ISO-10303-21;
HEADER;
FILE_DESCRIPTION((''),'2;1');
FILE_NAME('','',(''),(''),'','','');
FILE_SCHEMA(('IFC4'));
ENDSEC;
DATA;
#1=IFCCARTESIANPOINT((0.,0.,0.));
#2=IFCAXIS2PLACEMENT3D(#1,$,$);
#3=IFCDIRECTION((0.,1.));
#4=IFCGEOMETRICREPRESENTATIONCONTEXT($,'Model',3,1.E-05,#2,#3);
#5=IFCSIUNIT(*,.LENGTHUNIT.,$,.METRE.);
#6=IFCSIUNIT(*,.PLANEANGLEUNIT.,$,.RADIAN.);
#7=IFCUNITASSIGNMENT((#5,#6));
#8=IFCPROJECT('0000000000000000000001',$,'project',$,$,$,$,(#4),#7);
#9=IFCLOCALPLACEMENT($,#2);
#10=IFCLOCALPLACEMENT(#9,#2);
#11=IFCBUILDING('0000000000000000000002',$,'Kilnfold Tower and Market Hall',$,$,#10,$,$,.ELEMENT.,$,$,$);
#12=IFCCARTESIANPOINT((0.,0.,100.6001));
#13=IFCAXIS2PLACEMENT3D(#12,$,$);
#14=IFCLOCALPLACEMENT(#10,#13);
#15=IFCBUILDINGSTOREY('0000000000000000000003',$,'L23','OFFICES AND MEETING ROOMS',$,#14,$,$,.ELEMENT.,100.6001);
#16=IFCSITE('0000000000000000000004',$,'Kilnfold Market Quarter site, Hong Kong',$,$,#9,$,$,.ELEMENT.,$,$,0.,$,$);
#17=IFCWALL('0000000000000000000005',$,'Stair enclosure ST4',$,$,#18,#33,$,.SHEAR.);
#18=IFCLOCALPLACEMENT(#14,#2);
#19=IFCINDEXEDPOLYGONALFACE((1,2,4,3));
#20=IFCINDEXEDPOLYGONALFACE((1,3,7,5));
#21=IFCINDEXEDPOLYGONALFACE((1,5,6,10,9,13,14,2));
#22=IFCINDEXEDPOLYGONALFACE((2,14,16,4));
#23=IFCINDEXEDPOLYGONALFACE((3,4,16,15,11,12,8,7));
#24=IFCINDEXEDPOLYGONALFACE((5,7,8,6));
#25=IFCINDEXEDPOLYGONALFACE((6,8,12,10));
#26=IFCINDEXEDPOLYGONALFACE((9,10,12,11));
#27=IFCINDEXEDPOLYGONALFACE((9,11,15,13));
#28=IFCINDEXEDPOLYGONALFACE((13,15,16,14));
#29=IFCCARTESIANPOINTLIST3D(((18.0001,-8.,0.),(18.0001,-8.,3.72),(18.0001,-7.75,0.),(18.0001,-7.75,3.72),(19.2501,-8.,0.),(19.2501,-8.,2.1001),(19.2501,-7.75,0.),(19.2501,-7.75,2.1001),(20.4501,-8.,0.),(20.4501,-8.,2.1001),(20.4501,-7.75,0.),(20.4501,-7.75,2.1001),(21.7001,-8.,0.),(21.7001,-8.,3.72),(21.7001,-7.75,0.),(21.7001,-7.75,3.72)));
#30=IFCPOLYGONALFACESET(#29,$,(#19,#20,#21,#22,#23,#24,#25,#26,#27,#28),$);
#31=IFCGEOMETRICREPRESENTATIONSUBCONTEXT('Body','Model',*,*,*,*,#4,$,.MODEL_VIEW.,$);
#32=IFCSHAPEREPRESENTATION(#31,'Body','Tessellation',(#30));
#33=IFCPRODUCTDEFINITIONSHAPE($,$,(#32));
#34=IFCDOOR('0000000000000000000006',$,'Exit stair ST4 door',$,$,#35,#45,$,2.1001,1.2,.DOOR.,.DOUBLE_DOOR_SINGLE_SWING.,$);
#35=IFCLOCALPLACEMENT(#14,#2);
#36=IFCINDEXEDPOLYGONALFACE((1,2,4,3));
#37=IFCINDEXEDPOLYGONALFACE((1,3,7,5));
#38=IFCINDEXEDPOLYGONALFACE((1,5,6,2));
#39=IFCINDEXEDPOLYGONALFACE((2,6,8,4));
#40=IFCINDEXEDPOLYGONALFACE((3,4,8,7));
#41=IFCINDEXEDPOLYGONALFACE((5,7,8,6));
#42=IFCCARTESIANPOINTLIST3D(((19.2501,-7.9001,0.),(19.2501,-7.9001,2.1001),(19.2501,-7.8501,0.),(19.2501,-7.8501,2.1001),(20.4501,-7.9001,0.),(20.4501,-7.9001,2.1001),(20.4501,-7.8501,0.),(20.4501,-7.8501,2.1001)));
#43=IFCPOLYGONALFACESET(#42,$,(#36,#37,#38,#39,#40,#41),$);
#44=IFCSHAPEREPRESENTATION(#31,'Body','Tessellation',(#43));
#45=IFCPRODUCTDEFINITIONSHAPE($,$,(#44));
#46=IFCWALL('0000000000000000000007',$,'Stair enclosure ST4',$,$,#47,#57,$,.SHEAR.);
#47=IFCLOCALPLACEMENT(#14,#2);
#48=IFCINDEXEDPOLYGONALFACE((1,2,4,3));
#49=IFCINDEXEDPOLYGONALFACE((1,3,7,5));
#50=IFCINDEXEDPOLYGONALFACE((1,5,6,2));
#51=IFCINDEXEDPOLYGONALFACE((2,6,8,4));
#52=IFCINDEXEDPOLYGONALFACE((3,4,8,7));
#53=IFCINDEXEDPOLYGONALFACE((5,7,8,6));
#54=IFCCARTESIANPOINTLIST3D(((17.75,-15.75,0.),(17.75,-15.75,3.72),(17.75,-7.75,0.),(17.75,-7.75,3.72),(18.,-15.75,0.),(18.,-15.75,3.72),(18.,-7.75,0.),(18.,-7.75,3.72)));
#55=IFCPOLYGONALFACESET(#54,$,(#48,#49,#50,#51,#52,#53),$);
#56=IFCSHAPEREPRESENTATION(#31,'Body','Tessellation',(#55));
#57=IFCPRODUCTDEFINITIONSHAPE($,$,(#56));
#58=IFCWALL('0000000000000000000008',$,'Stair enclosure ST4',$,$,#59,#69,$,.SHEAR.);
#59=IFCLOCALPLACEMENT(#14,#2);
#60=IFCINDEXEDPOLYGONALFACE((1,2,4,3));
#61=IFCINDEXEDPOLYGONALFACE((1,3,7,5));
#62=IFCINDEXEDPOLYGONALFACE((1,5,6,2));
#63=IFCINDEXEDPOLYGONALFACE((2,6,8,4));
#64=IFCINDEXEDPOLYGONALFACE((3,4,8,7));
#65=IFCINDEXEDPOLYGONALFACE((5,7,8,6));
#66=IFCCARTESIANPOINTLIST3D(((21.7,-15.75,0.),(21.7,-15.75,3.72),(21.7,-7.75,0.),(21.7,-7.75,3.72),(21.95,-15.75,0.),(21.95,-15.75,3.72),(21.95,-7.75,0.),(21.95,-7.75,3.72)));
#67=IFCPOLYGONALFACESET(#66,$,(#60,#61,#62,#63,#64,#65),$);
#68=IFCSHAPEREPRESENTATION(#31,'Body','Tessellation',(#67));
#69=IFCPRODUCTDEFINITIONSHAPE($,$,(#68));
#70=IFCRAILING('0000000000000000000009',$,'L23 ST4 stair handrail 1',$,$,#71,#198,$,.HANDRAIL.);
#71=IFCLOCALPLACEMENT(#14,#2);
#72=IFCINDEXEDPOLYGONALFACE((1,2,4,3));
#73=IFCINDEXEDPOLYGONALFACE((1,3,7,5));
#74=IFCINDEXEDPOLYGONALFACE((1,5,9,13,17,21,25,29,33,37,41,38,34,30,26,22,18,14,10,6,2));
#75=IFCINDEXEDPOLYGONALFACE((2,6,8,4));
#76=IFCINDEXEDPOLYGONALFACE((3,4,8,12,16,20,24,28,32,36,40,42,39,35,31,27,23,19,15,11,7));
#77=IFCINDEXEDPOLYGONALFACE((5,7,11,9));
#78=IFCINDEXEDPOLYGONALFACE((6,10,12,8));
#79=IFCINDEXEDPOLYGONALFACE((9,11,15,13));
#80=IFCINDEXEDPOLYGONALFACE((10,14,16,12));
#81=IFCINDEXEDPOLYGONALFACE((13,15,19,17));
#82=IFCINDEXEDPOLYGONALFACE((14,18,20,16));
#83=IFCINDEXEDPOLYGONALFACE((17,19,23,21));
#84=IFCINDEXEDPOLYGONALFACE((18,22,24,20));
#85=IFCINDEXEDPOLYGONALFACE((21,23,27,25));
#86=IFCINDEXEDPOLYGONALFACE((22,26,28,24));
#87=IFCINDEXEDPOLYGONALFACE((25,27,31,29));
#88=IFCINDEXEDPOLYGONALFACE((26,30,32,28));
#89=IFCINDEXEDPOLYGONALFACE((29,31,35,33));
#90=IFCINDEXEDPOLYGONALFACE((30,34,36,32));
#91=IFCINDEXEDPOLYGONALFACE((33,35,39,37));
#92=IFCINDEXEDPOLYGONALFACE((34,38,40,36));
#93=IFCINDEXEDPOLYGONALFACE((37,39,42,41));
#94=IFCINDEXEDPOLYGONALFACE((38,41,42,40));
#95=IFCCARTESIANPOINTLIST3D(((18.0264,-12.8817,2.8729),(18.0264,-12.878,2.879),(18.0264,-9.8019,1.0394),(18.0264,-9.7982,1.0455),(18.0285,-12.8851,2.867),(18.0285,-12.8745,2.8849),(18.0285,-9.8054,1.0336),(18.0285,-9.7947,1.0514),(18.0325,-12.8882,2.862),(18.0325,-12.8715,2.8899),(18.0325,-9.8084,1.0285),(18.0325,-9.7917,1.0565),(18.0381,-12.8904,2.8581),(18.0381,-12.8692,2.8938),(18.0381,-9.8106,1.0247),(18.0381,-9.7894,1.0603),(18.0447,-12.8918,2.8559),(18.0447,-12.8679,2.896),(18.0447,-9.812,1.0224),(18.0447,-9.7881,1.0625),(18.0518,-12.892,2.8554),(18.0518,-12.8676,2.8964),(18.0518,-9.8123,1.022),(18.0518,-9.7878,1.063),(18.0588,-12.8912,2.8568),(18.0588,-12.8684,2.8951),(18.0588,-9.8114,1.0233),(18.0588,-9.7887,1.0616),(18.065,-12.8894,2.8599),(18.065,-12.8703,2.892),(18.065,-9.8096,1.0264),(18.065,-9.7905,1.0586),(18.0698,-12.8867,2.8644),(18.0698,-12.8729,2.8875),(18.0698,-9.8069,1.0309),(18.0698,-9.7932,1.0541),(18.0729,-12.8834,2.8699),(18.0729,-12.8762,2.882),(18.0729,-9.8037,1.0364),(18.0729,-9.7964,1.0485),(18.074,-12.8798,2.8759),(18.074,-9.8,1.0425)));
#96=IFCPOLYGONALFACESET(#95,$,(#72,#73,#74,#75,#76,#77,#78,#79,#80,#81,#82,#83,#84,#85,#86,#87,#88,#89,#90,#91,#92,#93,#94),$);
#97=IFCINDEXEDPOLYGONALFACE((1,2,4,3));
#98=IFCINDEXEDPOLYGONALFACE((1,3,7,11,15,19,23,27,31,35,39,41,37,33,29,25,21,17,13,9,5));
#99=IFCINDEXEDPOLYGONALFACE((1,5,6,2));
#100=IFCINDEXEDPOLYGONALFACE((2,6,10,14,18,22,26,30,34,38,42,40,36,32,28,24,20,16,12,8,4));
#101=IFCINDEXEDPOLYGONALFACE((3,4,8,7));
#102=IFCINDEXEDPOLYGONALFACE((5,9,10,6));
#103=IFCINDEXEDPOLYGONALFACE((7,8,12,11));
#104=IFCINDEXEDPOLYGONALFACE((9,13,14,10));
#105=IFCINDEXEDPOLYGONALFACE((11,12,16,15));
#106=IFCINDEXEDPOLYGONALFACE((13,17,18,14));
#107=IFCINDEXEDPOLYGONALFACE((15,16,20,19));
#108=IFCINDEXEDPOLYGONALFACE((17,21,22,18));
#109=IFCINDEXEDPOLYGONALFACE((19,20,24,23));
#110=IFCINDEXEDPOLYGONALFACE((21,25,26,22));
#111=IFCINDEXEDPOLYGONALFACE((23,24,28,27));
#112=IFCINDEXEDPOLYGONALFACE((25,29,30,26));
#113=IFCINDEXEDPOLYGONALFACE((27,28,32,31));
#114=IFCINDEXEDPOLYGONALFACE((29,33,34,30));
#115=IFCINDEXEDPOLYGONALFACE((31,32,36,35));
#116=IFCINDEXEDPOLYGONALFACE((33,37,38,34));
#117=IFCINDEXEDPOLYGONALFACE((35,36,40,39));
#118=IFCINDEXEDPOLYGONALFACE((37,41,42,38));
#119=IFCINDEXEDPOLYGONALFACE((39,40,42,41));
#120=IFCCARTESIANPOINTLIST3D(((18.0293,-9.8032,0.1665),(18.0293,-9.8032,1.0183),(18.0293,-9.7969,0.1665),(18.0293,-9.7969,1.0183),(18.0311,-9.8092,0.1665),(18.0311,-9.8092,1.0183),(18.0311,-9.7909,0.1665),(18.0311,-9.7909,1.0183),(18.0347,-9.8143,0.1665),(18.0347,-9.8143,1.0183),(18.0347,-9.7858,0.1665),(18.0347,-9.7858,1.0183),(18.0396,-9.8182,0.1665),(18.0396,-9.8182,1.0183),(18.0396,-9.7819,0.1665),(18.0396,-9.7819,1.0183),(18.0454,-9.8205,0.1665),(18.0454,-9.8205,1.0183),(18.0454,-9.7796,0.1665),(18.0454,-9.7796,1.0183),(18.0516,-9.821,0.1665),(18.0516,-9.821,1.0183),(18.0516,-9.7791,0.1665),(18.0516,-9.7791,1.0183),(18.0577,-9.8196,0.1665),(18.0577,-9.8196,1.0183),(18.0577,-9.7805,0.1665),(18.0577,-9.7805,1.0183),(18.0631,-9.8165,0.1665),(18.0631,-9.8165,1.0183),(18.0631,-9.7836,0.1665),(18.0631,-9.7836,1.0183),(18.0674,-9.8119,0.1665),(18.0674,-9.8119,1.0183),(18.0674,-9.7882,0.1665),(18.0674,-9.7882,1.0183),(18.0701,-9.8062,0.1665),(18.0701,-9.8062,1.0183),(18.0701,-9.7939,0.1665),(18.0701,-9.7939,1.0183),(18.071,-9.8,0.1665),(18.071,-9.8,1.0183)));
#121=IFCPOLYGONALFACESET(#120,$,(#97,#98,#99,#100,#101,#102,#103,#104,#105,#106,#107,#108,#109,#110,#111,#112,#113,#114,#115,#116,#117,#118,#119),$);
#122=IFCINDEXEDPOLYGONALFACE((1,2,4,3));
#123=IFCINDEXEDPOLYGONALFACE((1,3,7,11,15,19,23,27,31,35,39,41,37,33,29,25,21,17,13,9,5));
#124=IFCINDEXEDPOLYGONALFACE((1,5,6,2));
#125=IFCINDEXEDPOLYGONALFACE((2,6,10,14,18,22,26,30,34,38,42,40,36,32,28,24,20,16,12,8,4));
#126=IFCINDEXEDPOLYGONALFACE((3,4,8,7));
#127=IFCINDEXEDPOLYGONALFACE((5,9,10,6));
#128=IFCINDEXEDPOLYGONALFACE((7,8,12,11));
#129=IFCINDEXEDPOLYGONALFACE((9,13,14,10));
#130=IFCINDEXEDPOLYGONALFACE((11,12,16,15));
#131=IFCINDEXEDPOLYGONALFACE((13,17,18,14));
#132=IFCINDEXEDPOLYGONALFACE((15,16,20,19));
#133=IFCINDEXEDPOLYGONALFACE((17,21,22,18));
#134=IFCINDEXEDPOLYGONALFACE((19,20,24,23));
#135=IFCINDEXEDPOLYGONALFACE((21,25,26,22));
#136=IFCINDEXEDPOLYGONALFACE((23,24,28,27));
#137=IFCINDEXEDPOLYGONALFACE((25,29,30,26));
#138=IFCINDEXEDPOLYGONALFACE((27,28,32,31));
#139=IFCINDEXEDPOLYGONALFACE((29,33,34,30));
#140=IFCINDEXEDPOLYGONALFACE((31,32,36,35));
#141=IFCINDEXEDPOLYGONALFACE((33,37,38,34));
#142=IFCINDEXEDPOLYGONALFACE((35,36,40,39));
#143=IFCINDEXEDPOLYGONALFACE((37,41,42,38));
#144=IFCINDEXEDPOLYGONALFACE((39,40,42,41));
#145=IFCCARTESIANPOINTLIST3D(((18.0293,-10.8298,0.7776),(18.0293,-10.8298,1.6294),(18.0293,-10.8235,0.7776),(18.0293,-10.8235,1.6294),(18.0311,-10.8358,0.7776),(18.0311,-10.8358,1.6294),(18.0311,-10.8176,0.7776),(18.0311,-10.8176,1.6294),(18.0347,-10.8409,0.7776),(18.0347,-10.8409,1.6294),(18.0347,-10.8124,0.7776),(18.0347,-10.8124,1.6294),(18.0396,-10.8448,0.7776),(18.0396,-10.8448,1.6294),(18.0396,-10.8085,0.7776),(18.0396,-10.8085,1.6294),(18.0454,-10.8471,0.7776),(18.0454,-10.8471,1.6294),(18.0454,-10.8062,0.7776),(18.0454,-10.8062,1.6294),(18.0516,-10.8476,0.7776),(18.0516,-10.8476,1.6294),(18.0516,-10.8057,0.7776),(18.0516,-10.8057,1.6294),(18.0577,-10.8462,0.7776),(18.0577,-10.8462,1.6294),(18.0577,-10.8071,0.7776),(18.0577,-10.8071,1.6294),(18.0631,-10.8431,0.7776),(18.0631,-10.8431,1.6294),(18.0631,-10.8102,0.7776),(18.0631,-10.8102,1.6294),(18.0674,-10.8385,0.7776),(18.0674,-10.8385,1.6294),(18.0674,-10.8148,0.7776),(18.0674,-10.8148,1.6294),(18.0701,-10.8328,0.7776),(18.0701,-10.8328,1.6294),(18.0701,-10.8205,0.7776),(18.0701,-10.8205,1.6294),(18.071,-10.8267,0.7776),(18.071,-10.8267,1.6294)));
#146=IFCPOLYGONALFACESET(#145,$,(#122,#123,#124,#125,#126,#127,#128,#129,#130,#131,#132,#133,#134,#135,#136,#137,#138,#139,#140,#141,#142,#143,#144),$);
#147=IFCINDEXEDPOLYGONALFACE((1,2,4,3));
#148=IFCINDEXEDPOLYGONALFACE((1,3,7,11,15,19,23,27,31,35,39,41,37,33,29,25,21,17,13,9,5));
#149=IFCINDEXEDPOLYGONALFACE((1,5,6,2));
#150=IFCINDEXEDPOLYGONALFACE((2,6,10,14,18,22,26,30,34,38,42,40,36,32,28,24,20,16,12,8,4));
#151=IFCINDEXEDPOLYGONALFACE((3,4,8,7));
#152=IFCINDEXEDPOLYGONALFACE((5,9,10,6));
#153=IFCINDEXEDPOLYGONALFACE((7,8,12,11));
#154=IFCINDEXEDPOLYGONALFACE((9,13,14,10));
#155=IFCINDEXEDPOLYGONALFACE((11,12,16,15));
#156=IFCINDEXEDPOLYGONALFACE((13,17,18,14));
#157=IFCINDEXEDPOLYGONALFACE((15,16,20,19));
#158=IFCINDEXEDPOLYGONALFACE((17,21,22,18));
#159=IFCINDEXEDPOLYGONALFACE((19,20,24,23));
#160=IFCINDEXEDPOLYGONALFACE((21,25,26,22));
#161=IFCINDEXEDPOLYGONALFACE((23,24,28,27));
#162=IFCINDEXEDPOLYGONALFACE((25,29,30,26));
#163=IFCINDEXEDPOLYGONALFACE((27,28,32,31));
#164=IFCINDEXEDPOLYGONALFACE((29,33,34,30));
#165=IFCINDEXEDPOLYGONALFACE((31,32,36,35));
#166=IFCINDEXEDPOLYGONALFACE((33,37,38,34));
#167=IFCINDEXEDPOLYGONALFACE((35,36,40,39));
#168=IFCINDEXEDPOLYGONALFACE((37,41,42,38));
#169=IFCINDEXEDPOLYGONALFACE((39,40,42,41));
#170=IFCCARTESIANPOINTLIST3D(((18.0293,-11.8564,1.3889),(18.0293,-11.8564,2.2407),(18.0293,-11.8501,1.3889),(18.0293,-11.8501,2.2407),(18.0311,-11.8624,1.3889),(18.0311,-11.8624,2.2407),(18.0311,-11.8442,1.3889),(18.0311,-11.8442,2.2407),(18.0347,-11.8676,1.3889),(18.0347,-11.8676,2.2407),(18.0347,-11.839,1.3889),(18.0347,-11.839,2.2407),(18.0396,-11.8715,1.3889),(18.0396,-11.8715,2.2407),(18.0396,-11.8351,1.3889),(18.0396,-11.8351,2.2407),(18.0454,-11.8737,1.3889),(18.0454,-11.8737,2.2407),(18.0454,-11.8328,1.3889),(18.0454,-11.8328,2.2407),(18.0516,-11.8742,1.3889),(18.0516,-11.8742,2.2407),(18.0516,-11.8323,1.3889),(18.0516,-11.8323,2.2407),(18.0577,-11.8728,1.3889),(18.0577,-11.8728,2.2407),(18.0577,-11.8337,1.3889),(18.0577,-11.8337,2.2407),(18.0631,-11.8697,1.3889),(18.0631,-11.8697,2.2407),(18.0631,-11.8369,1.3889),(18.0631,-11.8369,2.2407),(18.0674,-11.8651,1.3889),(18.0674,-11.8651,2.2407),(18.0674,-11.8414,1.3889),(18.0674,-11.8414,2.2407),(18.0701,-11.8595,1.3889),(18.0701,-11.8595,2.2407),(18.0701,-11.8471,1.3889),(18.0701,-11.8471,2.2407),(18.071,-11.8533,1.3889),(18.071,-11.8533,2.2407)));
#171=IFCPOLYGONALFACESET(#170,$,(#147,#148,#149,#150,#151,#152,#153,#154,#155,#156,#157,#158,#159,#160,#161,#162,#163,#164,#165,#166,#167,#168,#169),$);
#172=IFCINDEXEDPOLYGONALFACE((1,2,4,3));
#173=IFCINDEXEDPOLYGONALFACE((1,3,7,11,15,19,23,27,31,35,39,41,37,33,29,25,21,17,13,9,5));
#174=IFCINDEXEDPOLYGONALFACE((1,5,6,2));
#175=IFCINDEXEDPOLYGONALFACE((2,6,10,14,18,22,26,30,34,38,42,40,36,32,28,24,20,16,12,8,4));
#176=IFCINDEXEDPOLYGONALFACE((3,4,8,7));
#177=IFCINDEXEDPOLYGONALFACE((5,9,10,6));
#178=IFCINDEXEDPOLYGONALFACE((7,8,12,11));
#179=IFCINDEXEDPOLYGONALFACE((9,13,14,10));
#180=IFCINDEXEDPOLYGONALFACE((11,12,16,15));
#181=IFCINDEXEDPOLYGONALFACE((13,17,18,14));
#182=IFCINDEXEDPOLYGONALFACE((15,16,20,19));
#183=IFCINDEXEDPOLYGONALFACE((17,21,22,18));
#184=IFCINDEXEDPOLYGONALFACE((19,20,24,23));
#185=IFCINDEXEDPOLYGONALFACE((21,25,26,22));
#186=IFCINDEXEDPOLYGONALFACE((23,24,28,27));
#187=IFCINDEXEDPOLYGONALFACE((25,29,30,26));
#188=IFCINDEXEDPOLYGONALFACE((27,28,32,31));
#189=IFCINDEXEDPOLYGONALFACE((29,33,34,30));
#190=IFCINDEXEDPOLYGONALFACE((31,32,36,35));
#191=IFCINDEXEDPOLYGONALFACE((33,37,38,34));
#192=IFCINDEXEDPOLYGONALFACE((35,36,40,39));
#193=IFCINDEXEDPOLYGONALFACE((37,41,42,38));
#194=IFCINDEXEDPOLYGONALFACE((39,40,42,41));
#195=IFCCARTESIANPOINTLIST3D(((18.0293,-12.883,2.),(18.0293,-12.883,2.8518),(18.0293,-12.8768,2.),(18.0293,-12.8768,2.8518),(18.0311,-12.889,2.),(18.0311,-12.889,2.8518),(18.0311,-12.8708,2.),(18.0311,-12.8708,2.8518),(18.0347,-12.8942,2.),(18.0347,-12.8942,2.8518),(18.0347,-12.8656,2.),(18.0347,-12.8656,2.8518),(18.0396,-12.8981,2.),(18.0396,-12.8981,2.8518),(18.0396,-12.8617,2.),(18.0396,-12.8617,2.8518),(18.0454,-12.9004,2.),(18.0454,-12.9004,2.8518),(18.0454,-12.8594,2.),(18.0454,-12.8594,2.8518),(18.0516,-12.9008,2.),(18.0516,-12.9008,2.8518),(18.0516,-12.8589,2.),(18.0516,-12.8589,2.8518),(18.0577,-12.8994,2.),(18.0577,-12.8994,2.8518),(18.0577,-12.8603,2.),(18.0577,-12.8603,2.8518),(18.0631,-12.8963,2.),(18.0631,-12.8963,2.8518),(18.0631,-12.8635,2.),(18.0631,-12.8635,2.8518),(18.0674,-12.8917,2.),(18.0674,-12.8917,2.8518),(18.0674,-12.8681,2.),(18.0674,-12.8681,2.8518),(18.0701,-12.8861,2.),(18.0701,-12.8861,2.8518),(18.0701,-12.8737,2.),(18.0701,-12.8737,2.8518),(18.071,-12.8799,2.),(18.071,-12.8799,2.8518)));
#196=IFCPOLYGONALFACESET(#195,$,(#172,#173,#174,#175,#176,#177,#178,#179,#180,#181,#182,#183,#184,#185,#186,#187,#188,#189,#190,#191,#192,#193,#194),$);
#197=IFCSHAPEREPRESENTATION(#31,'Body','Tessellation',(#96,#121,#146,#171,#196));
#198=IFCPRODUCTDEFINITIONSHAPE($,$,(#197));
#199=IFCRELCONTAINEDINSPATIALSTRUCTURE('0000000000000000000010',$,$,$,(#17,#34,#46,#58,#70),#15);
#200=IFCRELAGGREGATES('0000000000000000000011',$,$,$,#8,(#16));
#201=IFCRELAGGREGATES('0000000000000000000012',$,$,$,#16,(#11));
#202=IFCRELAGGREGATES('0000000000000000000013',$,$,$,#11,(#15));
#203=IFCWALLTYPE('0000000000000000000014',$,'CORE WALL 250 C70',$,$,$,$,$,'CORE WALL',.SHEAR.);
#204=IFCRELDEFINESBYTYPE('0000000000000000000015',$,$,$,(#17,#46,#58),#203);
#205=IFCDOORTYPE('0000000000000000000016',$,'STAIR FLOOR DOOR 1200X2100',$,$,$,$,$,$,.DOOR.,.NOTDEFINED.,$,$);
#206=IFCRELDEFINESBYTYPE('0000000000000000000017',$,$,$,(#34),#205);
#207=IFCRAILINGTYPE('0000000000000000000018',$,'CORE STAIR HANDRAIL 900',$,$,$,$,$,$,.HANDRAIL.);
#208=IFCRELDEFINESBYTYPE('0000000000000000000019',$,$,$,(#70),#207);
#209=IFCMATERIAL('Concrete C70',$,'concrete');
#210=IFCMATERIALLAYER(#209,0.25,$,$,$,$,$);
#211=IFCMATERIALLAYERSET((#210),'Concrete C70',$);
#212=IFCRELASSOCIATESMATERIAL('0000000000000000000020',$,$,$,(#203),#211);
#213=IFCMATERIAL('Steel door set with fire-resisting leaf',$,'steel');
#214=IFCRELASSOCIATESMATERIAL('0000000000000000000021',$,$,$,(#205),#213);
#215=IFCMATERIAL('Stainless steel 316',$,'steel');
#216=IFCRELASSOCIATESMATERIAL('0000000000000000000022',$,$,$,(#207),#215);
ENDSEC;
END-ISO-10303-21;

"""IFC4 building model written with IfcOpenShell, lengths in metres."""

from ifc_helpers import new_model, si_unit, direction, frame, frame_2d, origin, origin_2d, place, context, subcontext, project, spatial, rectangle, circle, extrude, source, transform, mapped, material, layer, layer_set, type_object, element, fill, save


model = new_model("IFC4")

# Units and contexts
model_context = context("Model", 3, precision=1e-05, world=origin(), true_north=direction((0.0, 1.0)))
body_context = subcontext(model_context, "Body", "Model", "MODEL_VIEW")
ifc_project = project(units=[si_unit("LENGTHUNIT", "METRE"), si_unit("PLANEANGLEUNIT", "RADIAN")], contexts=[model_context])

# Site, building, storey
site_placement = place(None, origin())
site = spatial("IfcSite", under=ifc_project, at=site_placement, Name="Kilnfold Market Quarter site, Hong Kong", CompositionType="ELEMENT", RefElevation=0.0)
building_placement = place(site_placement, origin())
building = spatial("IfcBuilding", under=site, at=building_placement, Name="Kilnfold Tower and Market Hall", CompositionType="ELEMENT")
storey_placement = place(building_placement, frame((0.0, 0.0, 100.6001)))
storey = spatial("IfcBuildingStorey", under=building, at=storey_placement, Name="L23", Description="OFFICES AND MEETING ROOMS", CompositionType="ELEMENT", Elevation=100.6001)

# Shared definitions
ifc_material_1 = material(Name="Concrete C70", Category="concrete")
ifc_layer_1 = layer(ifc_material_1, 0.25)
ifc_layer_set_1 = layer_set([ifc_layer_1], Name="Concrete C70")
wall_type_1 = type_object("IfcWallType", Name="CORE WALL 250 C70", ElementType="CORE WALL", PredefinedType="SHEAR", material=ifc_layer_set_1)
shared_shape_1 = source(origin(), body_context, "Body", "SweptSolid", [
    extrude(rectangle(XDim=3.7, YDim=0.25, at=frame_2d((1.8501, 0.0))), origin(), (0.0, 0.0, 1.0), 3.72),
])

# Wall, opening, door
wall_1_placement = place(storey_placement, frame((18.0, -7.875, 0.0), z_axis=(0.0, 0.0, 1.0), x_axis=(1.0, 0.0, 0.0)))
wall_1 = element("IfcWall", 1, at=wall_1_placement, inside=storey, type_object=wall_type_1, Name="Stair enclosure ST4", PredefinedType="SHEAR", context=body_context, shape_type="MappedRepresentation", body=[
    mapped(shared_shape_1, transform((0.0, 0.0, 0.0))),
])
opening_1_placement = place(wall_1_placement, frame((1.25, 0.0, 0.0)))
opening_1 = element("IfcOpeningElement", 2, at=opening_1_placement, cuts=wall_1, PredefinedType="OPENING", context=body_context, shape_type="SweptSolid", body=[
    extrude(rectangle(XDim=1.2, YDim=2.1001, at=frame_2d((0.6001, 1.05))), frame((0.0, 0.135, 0.0), z_axis=(0.0, -1.0, 0.0), x_axis=(1.0, 0.0, 0.0)), (0.0, 0.0, 1.0), 0.27),
])
ifc_material_2 = material(Name="Steel door set with fire-resisting leaf", Category="steel")
door_type_1 = type_object("IfcDoorType", Name="STAIR FLOOR DOOR 1200X2100", OperationType="NOTDEFINED", PredefinedType="DOOR", material=ifc_material_2)
door_1_placement = place(opening_1_placement, origin())
door_1 = element("IfcDoor", 3, at=door_1_placement, inside=storey, type_object=door_type_1, Name="Exit stair ST4 door", OperationType="DOUBLE_DOOR_SINGLE_SWING", OverallHeight=2.1001, OverallWidth=1.2, PredefinedType="DOOR", context=body_context, shape_type="SweptSolid", body=[
    extrude(rectangle(XDim=1.2, YDim=2.1001, at=frame_2d((0.6001, 1.05))), frame((0.0, 0.0249, 0.0), z_axis=(0.0, -1.0, 0.0), x_axis=(1.0, 0.0, 0.0)), (0.0, 0.0, 1.0), 0.05),
])
fill(opening_1, door_1)

# Walls
shared_shape_2 = source(origin(), body_context, "Body", "SweptSolid", [
    extrude(rectangle(XDim=8.0, YDim=0.25, at=frame_2d((4.0, 0.0))), origin(), (0.0, 0.0, 1.0), 3.72),
])
for number, where, z_axis, x_axis, name in (
    (4, (17.875, -15.75, 0.0), (0.0, 0.0, 1.0), (0.0, 1.0, 0.0), "Stair enclosure ST4"),
    (5, (21.825, -15.75, 0.0), (0.0, 0.0, 1.0), (0.0, 1.0, 0.0), "Stair enclosure ST4"),
):
    element("IfcWall", number, at=place(storey_placement, frame(where, z_axis=z_axis, x_axis=x_axis)), inside=storey, type_object=wall_type_1, Name=name, PredefinedType="SHEAR", context=body_context, shape_type="MappedRepresentation", body=[
        mapped(shared_shape_2, transform((0.0, 0.0, 0.0))),
    ])

# Railing
ifc_material_3 = material(Name="Stainless steel 316", Category="steel")
railing_type_1 = type_object("IfcRailingType", Name="CORE STAIR HANDRAIL 900", PredefinedType="HANDRAIL", material=ifc_material_3)
railing_1_placement = place(storey_placement, frame((18.05, -9.8, 0.1665)))
element("IfcRailing", 6, at=railing_1_placement, inside=storey, type_object=railing_type_1, Name="L23 ST4 stair handrail 1", PredefinedType="HANDRAIL", context=body_context, shape_type="SweptSolid", body=[
    extrude(circle(Radius=0.0239, at=origin_2d()), frame((0.0, 0.0, 0.876), z_axis=(0.0, -0.859261, 0.511538), x_axis=(1.0, 0.0, 0.0)), (0.0, 0.0, 1.0), 3.5842),
    extrude(circle(Radius=0.021, at=origin_2d()), origin(), (0.0, 0.0, 1.0), 0.8518),
    extrude(circle(Radius=0.021, at=origin_2d()), frame((0.0, -1.0266, 0.6111)), (0.0, 0.0, 1.0), 0.8518),
    extrude(circle(Radius=0.021, at=origin_2d()), frame((0.0, -2.0532, 1.2224)), (0.0, 0.0, 1.0), 0.8518),
    extrude(circle(Radius=0.021, at=origin_2d()), frame((0.0, -3.0798, 1.8335)), (0.0, 0.0, 1.0), 0.8518),
])

save(model, "model.ifc")
